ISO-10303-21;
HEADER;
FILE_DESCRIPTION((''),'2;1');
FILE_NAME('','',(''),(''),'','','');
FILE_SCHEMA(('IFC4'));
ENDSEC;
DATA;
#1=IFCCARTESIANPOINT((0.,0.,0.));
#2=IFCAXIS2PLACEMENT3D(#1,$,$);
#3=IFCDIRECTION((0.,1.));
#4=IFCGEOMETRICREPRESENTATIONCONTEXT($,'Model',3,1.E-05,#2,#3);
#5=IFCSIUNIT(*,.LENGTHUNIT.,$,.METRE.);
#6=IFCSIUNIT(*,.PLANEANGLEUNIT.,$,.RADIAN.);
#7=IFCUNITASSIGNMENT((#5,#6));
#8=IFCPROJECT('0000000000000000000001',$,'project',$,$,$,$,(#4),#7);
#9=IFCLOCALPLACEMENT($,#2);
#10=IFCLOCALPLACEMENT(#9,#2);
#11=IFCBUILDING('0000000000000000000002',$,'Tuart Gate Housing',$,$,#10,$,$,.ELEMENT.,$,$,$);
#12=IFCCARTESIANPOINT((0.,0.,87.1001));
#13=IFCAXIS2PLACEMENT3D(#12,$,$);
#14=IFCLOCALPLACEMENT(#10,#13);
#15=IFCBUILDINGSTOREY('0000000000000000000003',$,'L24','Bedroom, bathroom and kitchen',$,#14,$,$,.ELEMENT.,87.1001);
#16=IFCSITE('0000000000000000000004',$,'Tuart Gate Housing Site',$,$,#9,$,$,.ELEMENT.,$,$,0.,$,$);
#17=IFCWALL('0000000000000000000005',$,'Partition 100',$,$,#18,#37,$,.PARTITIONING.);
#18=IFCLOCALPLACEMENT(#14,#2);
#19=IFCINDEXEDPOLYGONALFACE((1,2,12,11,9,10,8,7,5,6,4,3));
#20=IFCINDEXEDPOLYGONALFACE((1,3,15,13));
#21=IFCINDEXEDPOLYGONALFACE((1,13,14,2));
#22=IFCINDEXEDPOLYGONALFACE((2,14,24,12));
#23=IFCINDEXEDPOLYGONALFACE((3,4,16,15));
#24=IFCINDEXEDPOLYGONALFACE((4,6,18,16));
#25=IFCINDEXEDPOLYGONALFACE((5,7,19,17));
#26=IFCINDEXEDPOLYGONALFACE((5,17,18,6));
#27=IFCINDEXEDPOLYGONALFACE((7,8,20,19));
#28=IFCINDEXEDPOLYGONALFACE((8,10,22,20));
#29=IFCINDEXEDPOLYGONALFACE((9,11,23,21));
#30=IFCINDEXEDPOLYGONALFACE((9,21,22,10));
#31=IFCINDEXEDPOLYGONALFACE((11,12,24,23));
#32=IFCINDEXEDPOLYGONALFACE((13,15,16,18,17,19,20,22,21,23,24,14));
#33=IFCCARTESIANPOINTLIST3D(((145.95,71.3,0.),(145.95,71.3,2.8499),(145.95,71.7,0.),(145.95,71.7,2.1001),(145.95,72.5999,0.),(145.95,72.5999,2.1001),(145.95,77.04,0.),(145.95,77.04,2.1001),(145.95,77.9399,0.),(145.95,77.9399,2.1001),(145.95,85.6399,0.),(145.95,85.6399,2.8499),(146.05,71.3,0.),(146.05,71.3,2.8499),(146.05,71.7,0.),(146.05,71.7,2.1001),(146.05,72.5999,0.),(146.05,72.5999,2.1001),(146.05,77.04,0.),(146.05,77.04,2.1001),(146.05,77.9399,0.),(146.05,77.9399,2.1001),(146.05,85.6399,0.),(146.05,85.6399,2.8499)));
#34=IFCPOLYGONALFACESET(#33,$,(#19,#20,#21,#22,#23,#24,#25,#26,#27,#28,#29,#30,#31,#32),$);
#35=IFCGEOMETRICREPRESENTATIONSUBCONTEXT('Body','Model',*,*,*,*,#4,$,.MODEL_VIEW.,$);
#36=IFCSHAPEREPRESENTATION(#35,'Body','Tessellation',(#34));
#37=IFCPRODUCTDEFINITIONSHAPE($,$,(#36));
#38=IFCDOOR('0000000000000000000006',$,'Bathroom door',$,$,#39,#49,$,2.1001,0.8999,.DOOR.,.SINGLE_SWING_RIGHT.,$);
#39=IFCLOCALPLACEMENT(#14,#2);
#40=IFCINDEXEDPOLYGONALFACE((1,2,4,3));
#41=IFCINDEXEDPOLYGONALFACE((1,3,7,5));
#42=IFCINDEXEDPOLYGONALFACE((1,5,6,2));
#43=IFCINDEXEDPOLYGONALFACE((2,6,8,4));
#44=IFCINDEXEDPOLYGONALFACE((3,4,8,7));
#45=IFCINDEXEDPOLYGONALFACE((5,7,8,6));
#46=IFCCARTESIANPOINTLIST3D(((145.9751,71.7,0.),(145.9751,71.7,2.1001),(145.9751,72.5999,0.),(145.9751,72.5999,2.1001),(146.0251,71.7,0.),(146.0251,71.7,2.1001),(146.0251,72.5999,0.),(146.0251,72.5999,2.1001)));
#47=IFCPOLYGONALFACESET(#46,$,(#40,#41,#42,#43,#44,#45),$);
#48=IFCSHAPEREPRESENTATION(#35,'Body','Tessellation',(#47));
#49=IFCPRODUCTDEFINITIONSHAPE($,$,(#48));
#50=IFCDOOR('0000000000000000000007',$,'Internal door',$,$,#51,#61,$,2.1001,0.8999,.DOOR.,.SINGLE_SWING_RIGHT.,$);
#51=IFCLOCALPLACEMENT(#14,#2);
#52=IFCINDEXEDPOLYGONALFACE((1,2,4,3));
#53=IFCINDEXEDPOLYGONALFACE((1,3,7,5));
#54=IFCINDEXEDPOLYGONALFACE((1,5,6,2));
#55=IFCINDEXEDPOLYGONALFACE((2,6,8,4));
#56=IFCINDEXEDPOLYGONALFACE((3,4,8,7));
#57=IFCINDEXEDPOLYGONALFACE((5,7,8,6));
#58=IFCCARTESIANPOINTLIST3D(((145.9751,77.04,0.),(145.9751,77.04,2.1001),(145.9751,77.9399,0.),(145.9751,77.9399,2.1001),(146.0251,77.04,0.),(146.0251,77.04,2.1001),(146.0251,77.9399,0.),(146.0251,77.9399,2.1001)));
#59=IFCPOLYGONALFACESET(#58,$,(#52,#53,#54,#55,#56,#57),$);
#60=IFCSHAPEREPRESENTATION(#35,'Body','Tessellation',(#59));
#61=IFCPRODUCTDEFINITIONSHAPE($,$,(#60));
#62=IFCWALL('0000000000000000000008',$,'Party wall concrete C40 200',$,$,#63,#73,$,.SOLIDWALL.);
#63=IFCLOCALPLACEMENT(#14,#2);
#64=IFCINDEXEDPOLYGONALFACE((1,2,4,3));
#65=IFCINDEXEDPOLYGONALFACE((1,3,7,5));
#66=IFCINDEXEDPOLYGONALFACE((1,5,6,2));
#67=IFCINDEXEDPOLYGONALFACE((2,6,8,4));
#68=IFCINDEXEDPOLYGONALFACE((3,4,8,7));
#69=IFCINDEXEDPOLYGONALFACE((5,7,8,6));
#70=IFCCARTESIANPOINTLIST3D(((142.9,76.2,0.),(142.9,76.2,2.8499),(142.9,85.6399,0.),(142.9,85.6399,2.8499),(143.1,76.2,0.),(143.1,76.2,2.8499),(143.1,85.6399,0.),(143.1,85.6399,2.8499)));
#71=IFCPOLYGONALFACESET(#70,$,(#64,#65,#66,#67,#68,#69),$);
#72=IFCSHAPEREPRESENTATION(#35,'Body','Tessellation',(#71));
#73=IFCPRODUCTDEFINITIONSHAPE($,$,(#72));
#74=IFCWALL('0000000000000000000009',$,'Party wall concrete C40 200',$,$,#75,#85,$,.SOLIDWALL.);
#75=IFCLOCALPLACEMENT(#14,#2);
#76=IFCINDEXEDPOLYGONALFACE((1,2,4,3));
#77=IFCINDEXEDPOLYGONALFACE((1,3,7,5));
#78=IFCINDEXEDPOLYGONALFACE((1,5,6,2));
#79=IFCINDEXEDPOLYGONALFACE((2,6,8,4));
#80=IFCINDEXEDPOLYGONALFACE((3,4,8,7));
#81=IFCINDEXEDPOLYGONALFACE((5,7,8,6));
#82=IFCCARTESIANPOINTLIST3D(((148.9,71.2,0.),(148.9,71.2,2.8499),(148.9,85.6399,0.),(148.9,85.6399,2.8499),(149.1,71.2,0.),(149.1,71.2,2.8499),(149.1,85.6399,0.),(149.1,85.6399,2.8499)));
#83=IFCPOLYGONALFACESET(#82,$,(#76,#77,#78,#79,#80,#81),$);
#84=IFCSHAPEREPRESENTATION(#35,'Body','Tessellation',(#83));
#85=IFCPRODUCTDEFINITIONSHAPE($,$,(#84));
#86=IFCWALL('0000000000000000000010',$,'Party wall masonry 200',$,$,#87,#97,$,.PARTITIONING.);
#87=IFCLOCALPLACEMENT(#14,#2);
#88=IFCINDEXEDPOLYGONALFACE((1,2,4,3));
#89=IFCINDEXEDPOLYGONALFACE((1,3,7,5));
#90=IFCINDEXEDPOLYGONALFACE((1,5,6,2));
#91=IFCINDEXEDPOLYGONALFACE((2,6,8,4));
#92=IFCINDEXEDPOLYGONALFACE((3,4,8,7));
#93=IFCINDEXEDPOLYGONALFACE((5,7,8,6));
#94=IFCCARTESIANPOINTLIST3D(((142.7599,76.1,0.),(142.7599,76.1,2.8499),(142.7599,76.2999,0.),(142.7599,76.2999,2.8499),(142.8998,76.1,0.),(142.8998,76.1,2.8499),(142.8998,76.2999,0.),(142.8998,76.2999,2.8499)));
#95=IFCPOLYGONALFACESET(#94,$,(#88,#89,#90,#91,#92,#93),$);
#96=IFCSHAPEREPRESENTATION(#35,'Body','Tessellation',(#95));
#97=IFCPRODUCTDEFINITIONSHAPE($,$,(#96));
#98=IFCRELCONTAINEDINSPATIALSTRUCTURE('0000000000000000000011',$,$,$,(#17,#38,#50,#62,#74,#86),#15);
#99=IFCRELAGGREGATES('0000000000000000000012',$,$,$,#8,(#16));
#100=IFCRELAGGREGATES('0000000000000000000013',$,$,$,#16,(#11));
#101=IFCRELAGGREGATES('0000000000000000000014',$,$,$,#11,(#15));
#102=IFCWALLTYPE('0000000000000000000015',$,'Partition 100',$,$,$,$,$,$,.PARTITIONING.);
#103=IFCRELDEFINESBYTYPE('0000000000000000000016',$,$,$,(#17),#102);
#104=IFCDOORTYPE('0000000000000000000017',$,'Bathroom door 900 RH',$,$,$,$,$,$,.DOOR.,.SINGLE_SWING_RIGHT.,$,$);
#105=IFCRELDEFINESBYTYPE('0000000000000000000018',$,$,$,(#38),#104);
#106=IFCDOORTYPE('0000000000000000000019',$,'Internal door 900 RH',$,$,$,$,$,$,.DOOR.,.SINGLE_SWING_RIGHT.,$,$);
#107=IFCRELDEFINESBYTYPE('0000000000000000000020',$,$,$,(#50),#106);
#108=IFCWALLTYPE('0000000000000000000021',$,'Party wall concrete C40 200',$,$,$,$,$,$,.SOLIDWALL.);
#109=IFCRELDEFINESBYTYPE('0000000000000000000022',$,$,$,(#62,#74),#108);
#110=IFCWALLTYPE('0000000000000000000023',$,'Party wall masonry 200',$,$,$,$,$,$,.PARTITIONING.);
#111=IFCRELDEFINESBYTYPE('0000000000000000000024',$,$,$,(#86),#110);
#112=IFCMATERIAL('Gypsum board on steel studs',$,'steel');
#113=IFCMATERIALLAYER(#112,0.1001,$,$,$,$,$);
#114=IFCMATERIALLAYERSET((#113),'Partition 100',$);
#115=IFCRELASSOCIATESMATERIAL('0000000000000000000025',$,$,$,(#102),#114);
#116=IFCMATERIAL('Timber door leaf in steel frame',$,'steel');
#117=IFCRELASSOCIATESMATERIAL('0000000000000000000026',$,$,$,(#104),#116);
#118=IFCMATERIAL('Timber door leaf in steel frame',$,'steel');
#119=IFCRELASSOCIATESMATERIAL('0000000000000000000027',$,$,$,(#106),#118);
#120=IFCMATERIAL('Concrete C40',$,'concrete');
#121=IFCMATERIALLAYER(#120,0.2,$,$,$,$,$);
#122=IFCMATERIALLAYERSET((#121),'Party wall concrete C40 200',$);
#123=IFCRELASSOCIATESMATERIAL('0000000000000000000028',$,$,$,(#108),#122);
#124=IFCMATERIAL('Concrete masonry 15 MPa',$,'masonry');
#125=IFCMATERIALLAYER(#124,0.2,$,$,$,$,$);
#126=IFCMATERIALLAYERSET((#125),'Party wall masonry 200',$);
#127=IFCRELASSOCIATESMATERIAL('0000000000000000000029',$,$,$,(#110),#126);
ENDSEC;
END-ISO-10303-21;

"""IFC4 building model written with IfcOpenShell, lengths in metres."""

from ifc_helpers import new_model, si_unit, direction, frame, frame_2d, origin, place, context, subcontext, project, spatial, rectangle, extrude, material, layer, layer_set, type_object, element, fill, save


model = new_model("IFC4")

# Units and contexts
model_context = context("Model", 3, precision=1e-05, world=origin(), true_north=direction((0.0, 1.0)))
body_context = subcontext(model_context, "Body", "Model", "MODEL_VIEW")
ifc_project = project(units=[si_unit("LENGTHUNIT", "METRE"), si_unit("PLANEANGLEUNIT", "RADIAN")], contexts=[model_context])

# Site, building, storey
site_placement = place(None, origin())
site = spatial("IfcSite", under=ifc_project, at=site_placement, Name="Tuart Gate Housing Site", CompositionType="ELEMENT", RefElevation=0.0)
building_placement = place(site_placement, origin())
building = spatial("IfcBuilding", under=site, at=building_placement, Name="Tuart Gate Housing", CompositionType="ELEMENT")
storey_placement = place(building_placement, frame((0.0, 0.0, 87.1001)))
storey = spatial("IfcBuildingStorey", under=building, at=storey_placement, Name="L24", Description="Bedroom, bathroom and kitchen", CompositionType="ELEMENT", Elevation=87.1001)

# Shared definitions
ifc_material_1 = material(Name="Gypsum board on steel studs", Category="steel")
ifc_layer_1 = layer(ifc_material_1, 0.1001)
ifc_layer_set_1 = layer_set([ifc_layer_1], Name="Partition 100")
wall_type_1 = type_object("IfcWallType", Name="Partition 100", PredefinedType="PARTITIONING", material=ifc_layer_set_1)

# Wall, openings, doors
wall_1_placement = place(storey_placement, frame((146.0, 71.3, 0.0), z_axis=(0.0, 0.0, 1.0), x_axis=(0.0, 1.0, 0.0)))
wall_1 = element("IfcWall", 1, at=wall_1_placement, inside=storey, type_object=wall_type_1, Name="Partition 100", PredefinedType="PARTITIONING", context=body_context, shape_type="SweptSolid", body=[
    extrude(rectangle(XDim=14.3398, YDim=0.1001, at=frame_2d((7.1699, 0.0))), origin(), (0.0, 0.0, 1.0), 2.8499),
])
opening_1_placement = place(wall_1_placement, frame((5.74, 0.0, 0.0)))
opening_1 = element("IfcOpeningElement", 2, at=opening_1_placement, cuts=wall_1, PredefinedType="OPENING", context=body_context, shape_type="SweptSolid", body=[
    extrude(rectangle(XDim=0.8999, YDim=2.1001, at=frame_2d((0.45, 1.05))), frame((0.0, 0.0601, 0.0), z_axis=(0.0, -1.0, 0.0), x_axis=(1.0, 0.0, 0.0)), (0.0, 0.0, 1.0), 0.1201),
])
opening_2_placement = place(wall_1_placement, frame((0.3999, 0.0, 0.0)))
opening_2 = element("IfcOpeningElement", 3, at=opening_2_placement, cuts=wall_1, PredefinedType="OPENING", context=body_context, shape_type="SweptSolid", body=[
    extrude(rectangle(XDim=0.8999, YDim=2.1001, at=frame_2d((0.45, 1.05))), frame((0.0, 0.0601, 0.0), z_axis=(0.0, -1.0, 0.0), x_axis=(1.0, 0.0, 0.0)), (0.0, 0.0, 1.0), 0.1201),
])
ifc_material_2 = material(Name="Timber door leaf in steel frame", Category="steel")
door_type_1 = type_object("IfcDoorType", Name="Bathroom door 900 RH", OperationType="SINGLE_SWING_RIGHT", PredefinedType="DOOR", material=ifc_material_2)
door_1_placement = place(opening_2_placement, frame((0.8999, 0.0, 0.0), z_axis=(0.0, 0.0, 1.0), x_axis=(-1.0, 0.0, 0.0)))
door_1 = element("IfcDoor", 4, at=door_1_placement, inside=storey, type_object=door_type_1, Name="Bathroom door", OperationType="SINGLE_SWING_RIGHT", OverallHeight=2.1001, OverallWidth=0.8999, PredefinedType="DOOR", context=body_context, shape_type="SweptSolid", body=[
    extrude(rectangle(XDim=0.8999, YDim=2.1001, at=frame_2d((0.45, 1.05))), frame((0.0, 0.0251, 0.0), z_axis=(0.0, -1.0, 0.0), x_axis=(1.0, 0.0, 0.0)), (0.0, 0.0, 1.0), 0.05),
])
fill(opening_2, door_1)
ifc_material_3 = material(Name="Timber door leaf in steel frame", Category="steel")
door_type_2 = type_object("IfcDoorType", Name="Internal door 900 RH", OperationType="SINGLE_SWING_RIGHT", PredefinedType="DOOR", material=ifc_material_3)
door_2_placement = place(opening_1_placement, frame((0.8999, 0.0, 0.0), z_axis=(0.0, 0.0, 1.0), x_axis=(-1.0, 0.0, 0.0)))
door_2 = element("IfcDoor", 5, at=door_2_placement, inside=storey, type_object=door_type_2, Name="Internal door", OperationType="SINGLE_SWING_RIGHT", OverallHeight=2.1001, OverallWidth=0.8999, PredefinedType="DOOR", context=body_context, shape_type="SweptSolid", body=[
    extrude(rectangle(XDim=0.8999, YDim=2.1001, at=frame_2d((0.45, 1.05))), frame((0.0, 0.0251, 0.0), z_axis=(0.0, -1.0, 0.0), x_axis=(1.0, 0.0, 0.0)), (0.0, 0.0, 1.0), 0.05),
])
fill(opening_1, door_2)

# Walls
ifc_material_4 = material(Name="Concrete C40", Category="concrete")
ifc_layer_2 = layer(ifc_material_4, 0.2)
ifc_layer_set_2 = layer_set([ifc_layer_2], Name="Party wall concrete C40 200")
wall_type_2 = type_object("IfcWallType", Name="Party wall concrete C40 200", PredefinedType="SOLIDWALL", material=ifc_layer_set_2)
wall_2_placement = place(storey_placement, frame((143.0, 76.2, 0.0), z_axis=(0.0, 0.0, 1.0), x_axis=(0.0, 1.0, 0.0)))
element("IfcWall", 6, at=wall_2_placement, inside=storey, type_object=wall_type_2, Name="Party wall concrete C40 200", PredefinedType="SOLIDWALL", context=body_context, shape_type="SweptSolid", body=[
    extrude(rectangle(XDim=9.4399, YDim=0.2, at=frame_2d((4.72, 0.0))), origin(), (0.0, 0.0, 1.0), 2.8499),
])
wall_3_placement = place(storey_placement, frame((149.0, 71.2, 0.0), z_axis=(0.0, 0.0, 1.0), x_axis=(0.0, 1.0, 0.0)))
element("IfcWall", 7, at=wall_3_placement, inside=storey, type_object=wall_type_2, Name="Party wall concrete C40 200", PredefinedType="SOLIDWALL", context=body_context, shape_type="SweptSolid", body=[
    extrude(rectangle(XDim=14.4399, YDim=0.2, at=frame_2d((7.22, 0.0))), origin(), (0.0, 0.0, 1.0), 2.8499),
])
ifc_material_5 = material(Name="Concrete masonry 15 MPa", Category="masonry")
ifc_layer_3 = layer(ifc_material_5, 0.2)
ifc_layer_set_3 = layer_set([ifc_layer_3], Name="Party wall masonry 200")
wall_type_3 = type_object("IfcWallType", Name="Party wall masonry 200", PredefinedType="PARTITIONING", material=ifc_layer_set_3)
wall_4_placement = place(storey_placement, frame((142.76, 76.2, 0.0), z_axis=(0.0, 0.0, 1.0), x_axis=(1.0, 0.0, 0.0)))
element("IfcWall", 8, at=wall_4_placement, inside=storey, type_object=wall_type_3, Name="Party wall masonry 200", PredefinedType="PARTITIONING", context=body_context, shape_type="SweptSolid", body=[
    extrude(rectangle(XDim=0.1399, YDim=0.2, at=frame_2d((0.0698, 0.0))), origin(), (0.0, 0.0, 1.0), 2.8499),
])

save(model, "model.ifc")
